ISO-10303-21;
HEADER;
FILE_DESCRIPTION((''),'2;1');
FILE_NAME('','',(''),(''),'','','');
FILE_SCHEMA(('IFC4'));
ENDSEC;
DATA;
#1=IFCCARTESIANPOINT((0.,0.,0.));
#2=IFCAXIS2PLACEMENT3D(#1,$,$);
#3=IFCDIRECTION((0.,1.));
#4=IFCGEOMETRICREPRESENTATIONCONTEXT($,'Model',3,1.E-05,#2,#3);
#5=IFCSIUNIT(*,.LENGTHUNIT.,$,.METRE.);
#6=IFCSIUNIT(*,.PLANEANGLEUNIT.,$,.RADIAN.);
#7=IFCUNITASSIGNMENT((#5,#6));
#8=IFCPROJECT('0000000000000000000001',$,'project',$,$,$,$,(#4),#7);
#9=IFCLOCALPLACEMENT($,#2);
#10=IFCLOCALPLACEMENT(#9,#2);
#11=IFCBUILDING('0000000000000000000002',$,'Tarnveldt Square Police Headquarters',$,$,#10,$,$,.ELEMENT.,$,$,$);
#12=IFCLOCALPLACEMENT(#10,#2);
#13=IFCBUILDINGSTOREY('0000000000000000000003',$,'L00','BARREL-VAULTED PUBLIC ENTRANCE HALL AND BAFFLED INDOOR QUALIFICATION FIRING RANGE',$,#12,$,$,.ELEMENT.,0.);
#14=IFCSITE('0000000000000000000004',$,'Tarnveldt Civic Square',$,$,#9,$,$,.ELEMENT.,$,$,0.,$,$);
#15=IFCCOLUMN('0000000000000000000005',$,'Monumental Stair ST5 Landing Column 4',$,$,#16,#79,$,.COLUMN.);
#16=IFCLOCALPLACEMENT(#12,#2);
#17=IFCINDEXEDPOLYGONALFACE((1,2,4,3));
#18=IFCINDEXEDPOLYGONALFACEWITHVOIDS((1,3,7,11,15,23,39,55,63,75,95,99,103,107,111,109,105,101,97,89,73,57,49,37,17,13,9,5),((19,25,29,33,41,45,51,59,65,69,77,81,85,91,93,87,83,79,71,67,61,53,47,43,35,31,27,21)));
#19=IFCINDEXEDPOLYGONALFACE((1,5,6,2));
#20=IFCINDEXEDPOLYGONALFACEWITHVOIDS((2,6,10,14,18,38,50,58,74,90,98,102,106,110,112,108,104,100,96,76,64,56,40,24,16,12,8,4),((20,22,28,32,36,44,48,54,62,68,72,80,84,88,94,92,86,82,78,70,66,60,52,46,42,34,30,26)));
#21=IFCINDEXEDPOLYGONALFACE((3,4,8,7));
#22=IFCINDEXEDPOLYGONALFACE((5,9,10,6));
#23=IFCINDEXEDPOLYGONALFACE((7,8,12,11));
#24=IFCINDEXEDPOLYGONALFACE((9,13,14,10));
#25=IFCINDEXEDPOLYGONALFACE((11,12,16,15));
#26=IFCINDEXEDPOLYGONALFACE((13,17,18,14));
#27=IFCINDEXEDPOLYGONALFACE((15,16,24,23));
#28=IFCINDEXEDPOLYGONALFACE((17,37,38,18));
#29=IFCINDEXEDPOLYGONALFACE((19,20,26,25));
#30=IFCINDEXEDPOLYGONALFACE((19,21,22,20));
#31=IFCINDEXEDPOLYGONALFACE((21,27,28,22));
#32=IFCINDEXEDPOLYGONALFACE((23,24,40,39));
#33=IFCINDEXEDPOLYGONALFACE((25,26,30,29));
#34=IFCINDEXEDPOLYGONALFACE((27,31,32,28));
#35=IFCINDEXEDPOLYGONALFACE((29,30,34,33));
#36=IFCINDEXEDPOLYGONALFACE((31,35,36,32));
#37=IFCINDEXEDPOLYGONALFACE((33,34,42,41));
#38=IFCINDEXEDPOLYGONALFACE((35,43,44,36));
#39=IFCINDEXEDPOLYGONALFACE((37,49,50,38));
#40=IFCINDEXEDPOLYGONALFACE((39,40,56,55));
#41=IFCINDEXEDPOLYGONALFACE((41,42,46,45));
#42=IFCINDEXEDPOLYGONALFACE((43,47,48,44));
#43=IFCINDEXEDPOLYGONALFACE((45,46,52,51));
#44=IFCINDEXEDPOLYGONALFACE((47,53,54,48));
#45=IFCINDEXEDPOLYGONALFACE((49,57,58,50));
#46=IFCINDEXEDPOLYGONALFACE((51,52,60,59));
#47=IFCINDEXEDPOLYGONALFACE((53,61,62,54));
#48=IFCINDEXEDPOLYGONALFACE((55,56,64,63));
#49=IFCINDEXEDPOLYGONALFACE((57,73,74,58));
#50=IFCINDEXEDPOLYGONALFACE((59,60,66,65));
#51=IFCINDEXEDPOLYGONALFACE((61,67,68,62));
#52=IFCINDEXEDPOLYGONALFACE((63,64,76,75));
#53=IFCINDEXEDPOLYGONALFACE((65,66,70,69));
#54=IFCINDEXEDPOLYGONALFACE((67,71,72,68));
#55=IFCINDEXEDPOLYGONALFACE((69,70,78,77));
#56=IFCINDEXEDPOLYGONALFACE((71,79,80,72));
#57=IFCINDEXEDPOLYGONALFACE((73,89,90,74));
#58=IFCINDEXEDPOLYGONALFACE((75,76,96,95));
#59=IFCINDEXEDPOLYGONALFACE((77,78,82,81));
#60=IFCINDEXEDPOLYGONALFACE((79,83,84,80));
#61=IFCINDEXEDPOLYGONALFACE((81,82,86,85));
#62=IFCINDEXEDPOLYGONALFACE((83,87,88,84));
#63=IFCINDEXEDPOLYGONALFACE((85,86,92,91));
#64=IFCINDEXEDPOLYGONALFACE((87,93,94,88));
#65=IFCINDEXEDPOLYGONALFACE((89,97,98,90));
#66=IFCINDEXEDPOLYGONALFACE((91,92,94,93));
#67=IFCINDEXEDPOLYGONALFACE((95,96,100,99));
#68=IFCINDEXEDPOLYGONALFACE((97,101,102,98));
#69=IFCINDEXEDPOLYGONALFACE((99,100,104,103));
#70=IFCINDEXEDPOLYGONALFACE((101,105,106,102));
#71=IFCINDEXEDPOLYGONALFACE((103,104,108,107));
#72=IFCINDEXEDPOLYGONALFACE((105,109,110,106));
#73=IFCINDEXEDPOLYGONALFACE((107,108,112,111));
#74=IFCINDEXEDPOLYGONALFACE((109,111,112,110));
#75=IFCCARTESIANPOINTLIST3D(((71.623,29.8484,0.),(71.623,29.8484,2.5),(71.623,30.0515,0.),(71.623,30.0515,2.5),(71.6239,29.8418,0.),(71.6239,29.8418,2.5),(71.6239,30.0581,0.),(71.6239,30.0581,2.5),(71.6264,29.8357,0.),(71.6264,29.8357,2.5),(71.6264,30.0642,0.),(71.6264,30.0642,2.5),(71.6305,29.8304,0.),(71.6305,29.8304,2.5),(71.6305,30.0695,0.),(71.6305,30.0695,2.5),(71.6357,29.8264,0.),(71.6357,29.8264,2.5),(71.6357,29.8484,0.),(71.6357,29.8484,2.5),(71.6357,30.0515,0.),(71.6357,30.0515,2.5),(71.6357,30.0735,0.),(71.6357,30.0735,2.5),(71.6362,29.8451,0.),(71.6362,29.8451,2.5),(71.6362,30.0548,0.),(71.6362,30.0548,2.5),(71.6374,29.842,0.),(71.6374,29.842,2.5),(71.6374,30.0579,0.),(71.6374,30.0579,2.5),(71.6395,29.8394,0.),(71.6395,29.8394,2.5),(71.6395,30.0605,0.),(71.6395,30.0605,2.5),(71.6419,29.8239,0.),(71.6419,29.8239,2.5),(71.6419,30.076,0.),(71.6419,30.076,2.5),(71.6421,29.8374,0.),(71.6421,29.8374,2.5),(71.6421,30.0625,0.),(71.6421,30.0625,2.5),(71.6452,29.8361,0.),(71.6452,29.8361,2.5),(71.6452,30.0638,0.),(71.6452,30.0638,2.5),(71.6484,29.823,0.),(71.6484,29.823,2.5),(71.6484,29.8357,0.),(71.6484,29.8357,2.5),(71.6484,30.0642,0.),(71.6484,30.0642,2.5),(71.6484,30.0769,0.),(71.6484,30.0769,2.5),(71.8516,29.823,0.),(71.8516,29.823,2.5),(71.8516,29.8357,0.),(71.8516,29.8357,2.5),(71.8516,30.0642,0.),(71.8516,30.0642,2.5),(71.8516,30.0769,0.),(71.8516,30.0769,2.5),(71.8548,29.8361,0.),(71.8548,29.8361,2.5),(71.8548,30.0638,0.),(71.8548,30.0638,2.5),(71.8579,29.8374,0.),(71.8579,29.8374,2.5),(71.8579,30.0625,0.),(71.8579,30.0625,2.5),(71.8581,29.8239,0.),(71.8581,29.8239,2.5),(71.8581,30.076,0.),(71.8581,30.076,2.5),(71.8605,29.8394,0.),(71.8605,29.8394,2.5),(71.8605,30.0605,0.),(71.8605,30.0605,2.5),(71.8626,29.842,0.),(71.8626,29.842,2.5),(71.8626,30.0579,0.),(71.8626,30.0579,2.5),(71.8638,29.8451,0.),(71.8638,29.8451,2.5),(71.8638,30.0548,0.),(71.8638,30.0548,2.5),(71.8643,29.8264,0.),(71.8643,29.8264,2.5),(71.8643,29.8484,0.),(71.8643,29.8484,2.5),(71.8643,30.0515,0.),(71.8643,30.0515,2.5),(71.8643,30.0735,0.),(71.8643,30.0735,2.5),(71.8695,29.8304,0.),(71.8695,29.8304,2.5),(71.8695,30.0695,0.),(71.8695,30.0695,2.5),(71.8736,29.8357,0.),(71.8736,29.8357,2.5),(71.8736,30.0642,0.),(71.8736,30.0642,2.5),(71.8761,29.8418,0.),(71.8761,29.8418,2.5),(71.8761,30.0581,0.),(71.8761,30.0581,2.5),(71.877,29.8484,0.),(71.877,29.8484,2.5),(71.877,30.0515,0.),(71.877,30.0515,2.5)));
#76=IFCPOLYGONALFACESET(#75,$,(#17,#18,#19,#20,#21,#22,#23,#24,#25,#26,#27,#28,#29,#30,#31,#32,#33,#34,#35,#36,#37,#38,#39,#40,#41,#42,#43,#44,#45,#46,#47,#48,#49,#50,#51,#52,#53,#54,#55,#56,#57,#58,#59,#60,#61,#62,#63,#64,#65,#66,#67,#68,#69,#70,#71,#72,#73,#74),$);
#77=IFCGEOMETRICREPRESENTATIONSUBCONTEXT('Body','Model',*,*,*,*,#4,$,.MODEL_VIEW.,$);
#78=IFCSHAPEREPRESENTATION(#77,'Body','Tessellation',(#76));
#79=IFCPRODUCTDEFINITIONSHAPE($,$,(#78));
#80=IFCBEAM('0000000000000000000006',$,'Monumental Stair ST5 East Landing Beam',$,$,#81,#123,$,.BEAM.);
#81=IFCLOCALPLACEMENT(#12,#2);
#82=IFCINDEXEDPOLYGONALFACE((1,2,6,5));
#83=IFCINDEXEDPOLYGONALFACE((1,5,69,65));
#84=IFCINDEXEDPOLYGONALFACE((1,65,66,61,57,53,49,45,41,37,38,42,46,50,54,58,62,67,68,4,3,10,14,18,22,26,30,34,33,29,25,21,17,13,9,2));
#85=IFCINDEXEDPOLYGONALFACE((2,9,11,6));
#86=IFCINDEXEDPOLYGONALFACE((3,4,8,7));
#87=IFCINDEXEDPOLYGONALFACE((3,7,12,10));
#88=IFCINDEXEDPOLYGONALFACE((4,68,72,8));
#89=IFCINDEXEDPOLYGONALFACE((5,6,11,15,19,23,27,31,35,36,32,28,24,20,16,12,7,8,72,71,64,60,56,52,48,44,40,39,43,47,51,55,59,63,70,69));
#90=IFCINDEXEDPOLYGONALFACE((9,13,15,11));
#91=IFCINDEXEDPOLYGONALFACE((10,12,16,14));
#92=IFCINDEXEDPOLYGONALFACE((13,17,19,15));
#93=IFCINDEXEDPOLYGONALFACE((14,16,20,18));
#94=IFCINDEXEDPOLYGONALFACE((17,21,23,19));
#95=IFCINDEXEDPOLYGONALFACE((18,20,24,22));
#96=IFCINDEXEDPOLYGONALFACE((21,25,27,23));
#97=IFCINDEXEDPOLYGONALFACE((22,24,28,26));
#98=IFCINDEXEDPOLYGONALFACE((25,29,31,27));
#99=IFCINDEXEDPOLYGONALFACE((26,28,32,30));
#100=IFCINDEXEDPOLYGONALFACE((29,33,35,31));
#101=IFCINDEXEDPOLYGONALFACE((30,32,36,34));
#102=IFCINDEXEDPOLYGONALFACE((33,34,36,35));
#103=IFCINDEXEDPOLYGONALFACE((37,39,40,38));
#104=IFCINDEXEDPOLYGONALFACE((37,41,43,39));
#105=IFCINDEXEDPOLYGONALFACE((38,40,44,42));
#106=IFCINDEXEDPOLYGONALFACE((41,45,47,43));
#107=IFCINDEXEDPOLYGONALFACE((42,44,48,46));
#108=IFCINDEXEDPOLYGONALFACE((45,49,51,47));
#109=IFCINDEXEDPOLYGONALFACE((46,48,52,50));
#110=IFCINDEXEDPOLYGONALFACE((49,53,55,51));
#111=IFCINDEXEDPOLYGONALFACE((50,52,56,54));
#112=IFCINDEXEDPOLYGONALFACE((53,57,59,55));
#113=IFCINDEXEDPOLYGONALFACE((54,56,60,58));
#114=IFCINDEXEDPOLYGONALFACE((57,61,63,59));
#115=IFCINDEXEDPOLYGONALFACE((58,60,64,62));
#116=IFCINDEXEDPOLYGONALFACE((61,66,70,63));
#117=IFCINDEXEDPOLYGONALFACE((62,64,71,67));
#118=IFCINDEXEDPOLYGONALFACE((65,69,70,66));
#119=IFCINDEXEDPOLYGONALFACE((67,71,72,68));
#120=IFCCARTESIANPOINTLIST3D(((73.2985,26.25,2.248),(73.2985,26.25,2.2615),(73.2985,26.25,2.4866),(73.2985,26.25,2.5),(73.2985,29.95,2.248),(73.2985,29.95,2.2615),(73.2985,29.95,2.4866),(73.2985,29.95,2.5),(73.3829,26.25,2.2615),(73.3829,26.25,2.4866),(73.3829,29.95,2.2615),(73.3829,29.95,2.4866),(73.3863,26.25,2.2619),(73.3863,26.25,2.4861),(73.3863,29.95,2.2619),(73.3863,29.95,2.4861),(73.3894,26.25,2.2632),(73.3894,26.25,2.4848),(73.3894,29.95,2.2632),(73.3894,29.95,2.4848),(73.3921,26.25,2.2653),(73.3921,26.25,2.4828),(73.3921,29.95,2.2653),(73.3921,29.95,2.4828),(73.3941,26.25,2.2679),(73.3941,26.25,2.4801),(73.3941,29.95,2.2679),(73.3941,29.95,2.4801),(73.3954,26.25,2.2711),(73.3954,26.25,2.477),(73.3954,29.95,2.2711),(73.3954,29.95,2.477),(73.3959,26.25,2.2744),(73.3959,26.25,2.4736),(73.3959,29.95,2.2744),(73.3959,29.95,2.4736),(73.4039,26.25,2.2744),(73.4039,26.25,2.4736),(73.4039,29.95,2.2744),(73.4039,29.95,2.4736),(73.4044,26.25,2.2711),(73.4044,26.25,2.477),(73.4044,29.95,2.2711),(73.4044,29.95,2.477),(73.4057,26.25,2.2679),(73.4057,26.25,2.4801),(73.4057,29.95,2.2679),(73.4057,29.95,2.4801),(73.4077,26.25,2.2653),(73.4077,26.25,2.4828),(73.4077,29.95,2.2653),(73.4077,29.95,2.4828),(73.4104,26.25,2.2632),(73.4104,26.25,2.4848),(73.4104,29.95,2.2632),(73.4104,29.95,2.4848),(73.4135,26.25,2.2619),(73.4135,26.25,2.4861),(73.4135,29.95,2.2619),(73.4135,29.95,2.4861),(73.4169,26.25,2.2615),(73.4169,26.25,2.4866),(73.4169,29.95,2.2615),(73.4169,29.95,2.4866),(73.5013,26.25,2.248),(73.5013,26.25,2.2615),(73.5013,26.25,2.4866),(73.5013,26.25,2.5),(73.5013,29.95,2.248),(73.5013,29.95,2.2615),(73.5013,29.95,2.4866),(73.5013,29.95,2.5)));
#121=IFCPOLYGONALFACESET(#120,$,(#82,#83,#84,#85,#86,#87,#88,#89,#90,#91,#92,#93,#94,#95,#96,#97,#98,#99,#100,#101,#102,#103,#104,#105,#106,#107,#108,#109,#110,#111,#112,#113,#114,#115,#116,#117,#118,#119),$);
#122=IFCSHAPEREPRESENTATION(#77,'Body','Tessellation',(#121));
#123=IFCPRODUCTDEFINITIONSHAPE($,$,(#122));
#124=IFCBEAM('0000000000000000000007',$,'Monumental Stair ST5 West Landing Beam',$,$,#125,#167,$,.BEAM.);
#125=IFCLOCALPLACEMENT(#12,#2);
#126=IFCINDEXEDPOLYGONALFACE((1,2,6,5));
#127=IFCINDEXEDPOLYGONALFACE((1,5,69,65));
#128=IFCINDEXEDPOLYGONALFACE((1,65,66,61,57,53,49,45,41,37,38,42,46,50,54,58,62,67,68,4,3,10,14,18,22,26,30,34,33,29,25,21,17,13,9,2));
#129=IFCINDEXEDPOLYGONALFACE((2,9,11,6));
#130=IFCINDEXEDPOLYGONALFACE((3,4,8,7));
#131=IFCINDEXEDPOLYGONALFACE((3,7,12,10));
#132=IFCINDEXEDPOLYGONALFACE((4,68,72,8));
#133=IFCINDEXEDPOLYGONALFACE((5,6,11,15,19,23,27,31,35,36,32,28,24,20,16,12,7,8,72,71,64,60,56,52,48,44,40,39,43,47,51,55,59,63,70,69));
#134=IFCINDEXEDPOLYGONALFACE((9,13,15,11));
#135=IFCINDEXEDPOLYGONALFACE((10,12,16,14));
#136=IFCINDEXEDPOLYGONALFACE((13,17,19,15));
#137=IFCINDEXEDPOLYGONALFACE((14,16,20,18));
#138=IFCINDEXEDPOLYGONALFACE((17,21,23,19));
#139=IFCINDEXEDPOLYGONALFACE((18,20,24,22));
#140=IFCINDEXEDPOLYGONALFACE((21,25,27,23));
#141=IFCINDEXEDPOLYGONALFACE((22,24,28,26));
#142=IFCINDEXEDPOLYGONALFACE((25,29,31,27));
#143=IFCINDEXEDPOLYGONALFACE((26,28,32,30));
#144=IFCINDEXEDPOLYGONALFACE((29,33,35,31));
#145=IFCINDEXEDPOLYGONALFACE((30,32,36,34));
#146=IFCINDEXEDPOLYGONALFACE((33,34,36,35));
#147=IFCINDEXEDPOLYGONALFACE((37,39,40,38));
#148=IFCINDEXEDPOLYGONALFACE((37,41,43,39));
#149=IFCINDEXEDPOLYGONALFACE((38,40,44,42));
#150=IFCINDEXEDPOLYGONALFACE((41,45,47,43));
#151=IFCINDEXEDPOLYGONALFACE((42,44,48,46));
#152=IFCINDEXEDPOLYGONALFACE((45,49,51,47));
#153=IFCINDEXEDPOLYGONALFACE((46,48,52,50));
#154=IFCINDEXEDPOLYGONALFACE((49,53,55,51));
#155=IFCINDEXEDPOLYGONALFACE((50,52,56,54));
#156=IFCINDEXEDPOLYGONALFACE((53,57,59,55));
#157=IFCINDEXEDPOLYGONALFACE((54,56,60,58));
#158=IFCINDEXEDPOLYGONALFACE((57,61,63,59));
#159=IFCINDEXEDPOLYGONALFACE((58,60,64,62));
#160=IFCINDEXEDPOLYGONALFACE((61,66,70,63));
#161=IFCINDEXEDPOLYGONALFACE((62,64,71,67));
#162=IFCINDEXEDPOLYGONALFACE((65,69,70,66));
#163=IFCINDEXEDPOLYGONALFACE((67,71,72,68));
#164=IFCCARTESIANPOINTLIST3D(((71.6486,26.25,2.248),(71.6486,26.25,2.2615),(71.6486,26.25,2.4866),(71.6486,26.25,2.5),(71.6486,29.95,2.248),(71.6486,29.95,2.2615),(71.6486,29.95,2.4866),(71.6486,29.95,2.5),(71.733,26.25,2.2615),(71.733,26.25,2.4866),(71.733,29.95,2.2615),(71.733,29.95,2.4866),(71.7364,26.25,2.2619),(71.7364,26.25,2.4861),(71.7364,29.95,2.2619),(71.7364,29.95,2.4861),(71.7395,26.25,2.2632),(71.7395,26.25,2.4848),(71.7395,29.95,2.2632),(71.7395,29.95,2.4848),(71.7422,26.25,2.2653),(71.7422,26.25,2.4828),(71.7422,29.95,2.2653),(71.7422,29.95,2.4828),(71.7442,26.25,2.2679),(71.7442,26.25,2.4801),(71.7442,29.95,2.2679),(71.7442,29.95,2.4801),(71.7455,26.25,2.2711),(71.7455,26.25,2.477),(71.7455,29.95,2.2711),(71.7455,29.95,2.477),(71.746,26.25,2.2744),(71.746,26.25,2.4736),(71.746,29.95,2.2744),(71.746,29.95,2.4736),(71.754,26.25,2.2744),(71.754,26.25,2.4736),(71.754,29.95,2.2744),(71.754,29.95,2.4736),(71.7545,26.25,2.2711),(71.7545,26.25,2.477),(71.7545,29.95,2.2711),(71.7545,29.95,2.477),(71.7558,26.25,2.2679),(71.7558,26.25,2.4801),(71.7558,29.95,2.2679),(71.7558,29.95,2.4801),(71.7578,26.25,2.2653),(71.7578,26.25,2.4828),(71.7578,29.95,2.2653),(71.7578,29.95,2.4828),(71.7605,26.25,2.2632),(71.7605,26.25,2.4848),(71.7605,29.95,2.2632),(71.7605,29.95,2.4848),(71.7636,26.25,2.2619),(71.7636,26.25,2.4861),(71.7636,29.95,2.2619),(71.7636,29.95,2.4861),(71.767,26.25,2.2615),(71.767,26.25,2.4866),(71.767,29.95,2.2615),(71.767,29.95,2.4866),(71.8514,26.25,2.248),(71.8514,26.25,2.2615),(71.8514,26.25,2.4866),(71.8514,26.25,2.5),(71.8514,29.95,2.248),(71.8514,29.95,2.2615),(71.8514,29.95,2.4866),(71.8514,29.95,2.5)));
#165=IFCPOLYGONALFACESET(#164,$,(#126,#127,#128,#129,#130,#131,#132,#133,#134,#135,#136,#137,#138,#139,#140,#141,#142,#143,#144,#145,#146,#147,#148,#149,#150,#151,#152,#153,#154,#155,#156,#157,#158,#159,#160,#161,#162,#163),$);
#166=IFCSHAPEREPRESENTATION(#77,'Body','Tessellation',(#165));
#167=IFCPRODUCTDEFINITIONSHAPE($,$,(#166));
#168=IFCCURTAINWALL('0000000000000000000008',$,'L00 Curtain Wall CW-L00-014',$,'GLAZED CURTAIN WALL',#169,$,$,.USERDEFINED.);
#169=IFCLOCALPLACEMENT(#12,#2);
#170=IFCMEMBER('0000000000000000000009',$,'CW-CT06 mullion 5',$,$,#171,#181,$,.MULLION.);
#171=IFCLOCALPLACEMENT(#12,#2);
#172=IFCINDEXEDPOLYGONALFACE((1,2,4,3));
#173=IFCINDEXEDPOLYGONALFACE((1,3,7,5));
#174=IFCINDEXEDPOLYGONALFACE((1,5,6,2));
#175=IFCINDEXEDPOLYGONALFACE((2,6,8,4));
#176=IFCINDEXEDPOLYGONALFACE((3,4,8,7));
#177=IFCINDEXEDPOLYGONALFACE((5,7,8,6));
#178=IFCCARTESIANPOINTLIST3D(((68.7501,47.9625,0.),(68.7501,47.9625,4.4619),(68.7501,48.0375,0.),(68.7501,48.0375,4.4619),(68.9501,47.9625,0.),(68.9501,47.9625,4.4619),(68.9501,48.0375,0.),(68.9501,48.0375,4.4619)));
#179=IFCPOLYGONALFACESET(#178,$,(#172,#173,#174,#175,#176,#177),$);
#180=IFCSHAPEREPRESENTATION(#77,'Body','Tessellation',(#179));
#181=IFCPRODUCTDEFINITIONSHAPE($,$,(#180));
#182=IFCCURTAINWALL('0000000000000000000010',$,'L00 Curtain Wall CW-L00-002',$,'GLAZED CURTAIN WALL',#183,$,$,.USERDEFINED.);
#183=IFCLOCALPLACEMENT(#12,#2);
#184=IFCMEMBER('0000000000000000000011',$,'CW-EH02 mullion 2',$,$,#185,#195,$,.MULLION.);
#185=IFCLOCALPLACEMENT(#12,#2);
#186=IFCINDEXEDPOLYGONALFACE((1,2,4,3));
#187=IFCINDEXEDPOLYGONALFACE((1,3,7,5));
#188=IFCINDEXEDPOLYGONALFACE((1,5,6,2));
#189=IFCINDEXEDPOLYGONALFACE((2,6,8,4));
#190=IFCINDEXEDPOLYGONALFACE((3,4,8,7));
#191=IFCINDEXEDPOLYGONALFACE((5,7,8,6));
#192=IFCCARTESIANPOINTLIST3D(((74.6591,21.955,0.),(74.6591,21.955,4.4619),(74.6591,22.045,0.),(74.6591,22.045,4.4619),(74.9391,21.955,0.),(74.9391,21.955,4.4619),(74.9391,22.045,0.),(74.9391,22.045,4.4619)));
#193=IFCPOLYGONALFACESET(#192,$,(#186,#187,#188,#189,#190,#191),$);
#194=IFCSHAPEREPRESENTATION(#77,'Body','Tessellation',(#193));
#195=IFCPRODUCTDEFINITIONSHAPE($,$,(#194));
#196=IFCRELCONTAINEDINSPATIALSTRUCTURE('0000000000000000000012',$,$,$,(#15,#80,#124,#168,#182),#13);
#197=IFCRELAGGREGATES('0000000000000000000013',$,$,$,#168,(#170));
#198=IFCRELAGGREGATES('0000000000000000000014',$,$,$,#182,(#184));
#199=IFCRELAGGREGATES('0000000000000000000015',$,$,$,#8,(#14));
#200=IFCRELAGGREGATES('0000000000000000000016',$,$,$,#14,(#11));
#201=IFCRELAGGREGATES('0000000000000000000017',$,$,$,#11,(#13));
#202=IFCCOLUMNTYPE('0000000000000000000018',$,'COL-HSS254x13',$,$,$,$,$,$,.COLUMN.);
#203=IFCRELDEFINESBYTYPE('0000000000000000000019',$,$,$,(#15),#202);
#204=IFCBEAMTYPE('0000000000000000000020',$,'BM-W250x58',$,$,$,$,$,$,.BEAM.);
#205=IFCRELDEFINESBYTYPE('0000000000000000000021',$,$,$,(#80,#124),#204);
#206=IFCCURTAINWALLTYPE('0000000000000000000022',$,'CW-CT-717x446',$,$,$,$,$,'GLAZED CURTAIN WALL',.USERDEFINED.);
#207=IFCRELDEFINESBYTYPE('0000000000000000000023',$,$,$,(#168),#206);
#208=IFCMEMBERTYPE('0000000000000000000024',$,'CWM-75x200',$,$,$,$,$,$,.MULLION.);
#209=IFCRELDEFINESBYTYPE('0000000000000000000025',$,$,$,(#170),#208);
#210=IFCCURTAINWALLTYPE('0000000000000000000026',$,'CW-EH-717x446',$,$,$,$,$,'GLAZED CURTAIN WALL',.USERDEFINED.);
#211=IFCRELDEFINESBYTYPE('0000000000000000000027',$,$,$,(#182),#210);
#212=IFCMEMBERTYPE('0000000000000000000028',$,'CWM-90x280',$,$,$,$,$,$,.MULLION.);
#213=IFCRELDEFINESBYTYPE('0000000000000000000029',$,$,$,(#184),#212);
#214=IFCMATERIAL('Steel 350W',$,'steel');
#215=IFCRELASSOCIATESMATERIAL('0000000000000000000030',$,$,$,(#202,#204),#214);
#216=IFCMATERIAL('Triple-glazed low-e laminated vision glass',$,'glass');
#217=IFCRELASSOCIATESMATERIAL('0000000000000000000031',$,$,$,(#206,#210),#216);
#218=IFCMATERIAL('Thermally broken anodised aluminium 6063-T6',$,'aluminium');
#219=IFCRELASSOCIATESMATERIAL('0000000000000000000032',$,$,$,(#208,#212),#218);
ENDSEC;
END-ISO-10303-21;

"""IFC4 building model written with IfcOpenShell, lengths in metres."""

from ifc_helpers import new_model, si_unit, direction, frame, origin, origin_2d, place, context, subcontext, project, spatial, rectangle, hollow_rectangle, i_section, extrude, material, material_profile, profile_set, type_object, element, aggregate, save


model = new_model("IFC4")

# Units and contexts
model_context = context("Model", 3, precision=1e-05, world=origin(), true_north=direction((0.0, 1.0)))
body_context = subcontext(model_context, "Body", "Model", "MODEL_VIEW")
ifc_project = project(units=[si_unit("LENGTHUNIT", "METRE"), si_unit("PLANEANGLEUNIT", "RADIAN")], contexts=[model_context])

# Site, building, storey
site_placement = place(None, origin())
site = spatial("IfcSite", under=ifc_project, at=site_placement, Name="Tarnveldt Civic Square", CompositionType="ELEMENT", RefElevation=0.0)
building_placement = place(site_placement, origin())
building = spatial("IfcBuilding", under=site, at=building_placement, Name="Tarnveldt Square Police Headquarters", CompositionType="ELEMENT")
storey_placement = place(building_placement, origin())
storey = spatial("IfcBuildingStorey", under=building, at=storey_placement, Name="L00", Description="BARREL-VAULTED PUBLIC ENTRANCE HALL AND BAFFLED INDOOR QUALIFICATION FIRING RANGE", CompositionType="ELEMENT", Elevation=0.0)

# Column
ifc_material_1 = material(Name="Steel 350W", Category="steel")
ifc_material_profile_1 = material_profile(ifc_material_1, hollow_rectangle(XDim=0.2539, YDim=0.2539, WallThickness=0.0127, InnerFilletRadius=0.0127, OuterFilletRadius=0.0254, at=origin_2d()), Name="HSS254x254x13")
ifc_profile_set_1 = profile_set([ifc_material_profile_1], Name="Steel 350W")
column_type = type_object("IfcColumnType", Name="COL-HSS254x13", PredefinedType="COLUMN", material=ifc_profile_set_1)
for number, where, z_axis, x_axis, name in (
    (1, (71.75, 29.95, 0.0), (0.0, 0.0, 1.0), (1.0, 0.0, 0.0), "Monumental Stair ST5 Landing Column 4"),
):
    element("IfcColumn", number, at=place(storey_placement, frame(where, z_axis=z_axis, x_axis=x_axis)), inside=storey, type_object=column_type, Name=name, PredefinedType="COLUMN", context=body_context, shape_type="SweptSolid", body=[
        extrude(hollow_rectangle(XDim=0.2539, YDim=0.2539, WallThickness=0.0127, InnerFilletRadius=0.0127, OuterFilletRadius=0.0254, at=origin_2d()), origin(), (0.0, 0.0, 1.0), 2.5),
    ])

# Beams
ifc_material_profile_2 = material_profile(ifc_material_1, i_section(OverallWidth=0.2029, OverallDepth=0.252, WebThickness=0.0081, FlangeThickness=0.0134, FilletRadius=0.0129, at=origin_2d()), Name="W250x58")
ifc_profile_set_2 = profile_set([ifc_material_profile_2], Name="Steel 350W")
beam_type = type_object("IfcBeamType", Name="BM-W250x58", PredefinedType="BEAM", material=ifc_profile_set_2)
for number, where, z_axis, x_axis, name in (
    (2, (73.3999, 26.25, 2.374), (0.0, 1.0, 0.0), (-1.0, 0.0, 0.0), "Monumental Stair ST5 East Landing Beam"),
    (3, (71.75, 26.25, 2.374), (0.0, 1.0, 0.0), (-1.0, 0.0, 0.0), "Monumental Stair ST5 West Landing Beam"),
):
    element("IfcBeam", number, at=place(storey_placement, frame(where, z_axis=z_axis, x_axis=x_axis)), inside=storey, type_object=beam_type, Name=name, PredefinedType="BEAM", context=body_context, shape_type="SweptSolid", body=[
        extrude(i_section(OverallWidth=0.2029, OverallDepth=0.252, WebThickness=0.0081, FlangeThickness=0.0134, FilletRadius=0.0129, at=origin_2d()), origin(), (0.0, 0.0, 1.0), 3.7),
    ])

# Curtain wall, member
ifc_material_2 = material(Name="Triple-glazed low-e laminated vision glass", Category="glass")
curtain_wall_type_1 = type_object("IfcCurtainWallType", Name="CW-CT-717x446", ElementType="GLAZED CURTAIN WALL", PredefinedType="USERDEFINED", material=ifc_material_2)
curtain_wall_1_placement = place(storey_placement, origin())
curtain_wall_1 = element("IfcCurtainWall", 4, at=curtain_wall_1_placement, inside=storey, type_object=curtain_wall_type_1, Name="L00 Curtain Wall CW-L00-014", ObjectType="GLAZED CURTAIN WALL", PredefinedType="USERDEFINED")
ifc_material_3 = material(Name="Thermally broken anodised aluminium 6063-T6", Category="aluminium")
ifc_material_profile_3 = material_profile(ifc_material_3, rectangle(XDim=0.075, YDim=0.2, at=origin_2d()), Name="CW-M75x200")
ifc_profile_set_3 = profile_set([ifc_material_profile_3], Name="Thermally broken anodised aluminium 6063-T6")
member_type_1 = type_object("IfcMemberType", Name="CWM-75x200", PredefinedType="MULLION", material=ifc_profile_set_3)
member_1_placement = place(storey_placement, frame((68.8501, 48.0, 0.0), z_axis=(0.0, 0.0, 1.0), x_axis=(0.0, 1.0, 0.0)))
member_1 = element("IfcMember", 5, at=member_1_placement, type_object=member_type_1, Name="CW-CT06 mullion 5", PredefinedType="MULLION", context=body_context, shape_type="SweptSolid", body=[
    extrude(rectangle(XDim=0.075, YDim=0.2, at=origin_2d()), origin(), (0.0, 0.0, 1.0), 4.4619),
])

# Curtain wall, member
curtain_wall_type_2 = type_object("IfcCurtainWallType", Name="CW-EH-717x446", ElementType="GLAZED CURTAIN WALL", PredefinedType="USERDEFINED", material=ifc_material_2)
curtain_wall_2_placement = place(storey_placement, origin())
curtain_wall_2 = element("IfcCurtainWall", 6, at=curtain_wall_2_placement, inside=storey, type_object=curtain_wall_type_2, Name="L00 Curtain Wall CW-L00-002", ObjectType="GLAZED CURTAIN WALL", PredefinedType="USERDEFINED")
ifc_material_profile_4 = material_profile(ifc_material_3, rectangle(XDim=0.0901, YDim=0.28, at=origin_2d()), Name="CW-M90x280")
ifc_profile_set_4 = profile_set([ifc_material_profile_4], Name="Thermally broken anodised aluminium 6063-T6")
member_type_2 = type_object("IfcMemberType", Name="CWM-90x280", PredefinedType="MULLION", material=ifc_profile_set_4)
member_2_placement = place(storey_placement, frame((74.7991, 22.0, 0.0), z_axis=(0.0, 0.0, 1.0), x_axis=(0.0, 1.0, 0.0)))
member_2 = element("IfcMember", 7, at=member_2_placement, type_object=member_type_2, Name="CW-EH02 mullion 2", PredefinedType="MULLION", context=body_context, shape_type="SweptSolid", body=[
    extrude(rectangle(XDim=0.0901, YDim=0.28, at=origin_2d()), origin(), (0.0, 0.0, 1.0), 4.4619),
])

aggregate(curtain_wall_1, [member_1])

aggregate(curtain_wall_2, [member_2])

save(model, "model.ifc")
